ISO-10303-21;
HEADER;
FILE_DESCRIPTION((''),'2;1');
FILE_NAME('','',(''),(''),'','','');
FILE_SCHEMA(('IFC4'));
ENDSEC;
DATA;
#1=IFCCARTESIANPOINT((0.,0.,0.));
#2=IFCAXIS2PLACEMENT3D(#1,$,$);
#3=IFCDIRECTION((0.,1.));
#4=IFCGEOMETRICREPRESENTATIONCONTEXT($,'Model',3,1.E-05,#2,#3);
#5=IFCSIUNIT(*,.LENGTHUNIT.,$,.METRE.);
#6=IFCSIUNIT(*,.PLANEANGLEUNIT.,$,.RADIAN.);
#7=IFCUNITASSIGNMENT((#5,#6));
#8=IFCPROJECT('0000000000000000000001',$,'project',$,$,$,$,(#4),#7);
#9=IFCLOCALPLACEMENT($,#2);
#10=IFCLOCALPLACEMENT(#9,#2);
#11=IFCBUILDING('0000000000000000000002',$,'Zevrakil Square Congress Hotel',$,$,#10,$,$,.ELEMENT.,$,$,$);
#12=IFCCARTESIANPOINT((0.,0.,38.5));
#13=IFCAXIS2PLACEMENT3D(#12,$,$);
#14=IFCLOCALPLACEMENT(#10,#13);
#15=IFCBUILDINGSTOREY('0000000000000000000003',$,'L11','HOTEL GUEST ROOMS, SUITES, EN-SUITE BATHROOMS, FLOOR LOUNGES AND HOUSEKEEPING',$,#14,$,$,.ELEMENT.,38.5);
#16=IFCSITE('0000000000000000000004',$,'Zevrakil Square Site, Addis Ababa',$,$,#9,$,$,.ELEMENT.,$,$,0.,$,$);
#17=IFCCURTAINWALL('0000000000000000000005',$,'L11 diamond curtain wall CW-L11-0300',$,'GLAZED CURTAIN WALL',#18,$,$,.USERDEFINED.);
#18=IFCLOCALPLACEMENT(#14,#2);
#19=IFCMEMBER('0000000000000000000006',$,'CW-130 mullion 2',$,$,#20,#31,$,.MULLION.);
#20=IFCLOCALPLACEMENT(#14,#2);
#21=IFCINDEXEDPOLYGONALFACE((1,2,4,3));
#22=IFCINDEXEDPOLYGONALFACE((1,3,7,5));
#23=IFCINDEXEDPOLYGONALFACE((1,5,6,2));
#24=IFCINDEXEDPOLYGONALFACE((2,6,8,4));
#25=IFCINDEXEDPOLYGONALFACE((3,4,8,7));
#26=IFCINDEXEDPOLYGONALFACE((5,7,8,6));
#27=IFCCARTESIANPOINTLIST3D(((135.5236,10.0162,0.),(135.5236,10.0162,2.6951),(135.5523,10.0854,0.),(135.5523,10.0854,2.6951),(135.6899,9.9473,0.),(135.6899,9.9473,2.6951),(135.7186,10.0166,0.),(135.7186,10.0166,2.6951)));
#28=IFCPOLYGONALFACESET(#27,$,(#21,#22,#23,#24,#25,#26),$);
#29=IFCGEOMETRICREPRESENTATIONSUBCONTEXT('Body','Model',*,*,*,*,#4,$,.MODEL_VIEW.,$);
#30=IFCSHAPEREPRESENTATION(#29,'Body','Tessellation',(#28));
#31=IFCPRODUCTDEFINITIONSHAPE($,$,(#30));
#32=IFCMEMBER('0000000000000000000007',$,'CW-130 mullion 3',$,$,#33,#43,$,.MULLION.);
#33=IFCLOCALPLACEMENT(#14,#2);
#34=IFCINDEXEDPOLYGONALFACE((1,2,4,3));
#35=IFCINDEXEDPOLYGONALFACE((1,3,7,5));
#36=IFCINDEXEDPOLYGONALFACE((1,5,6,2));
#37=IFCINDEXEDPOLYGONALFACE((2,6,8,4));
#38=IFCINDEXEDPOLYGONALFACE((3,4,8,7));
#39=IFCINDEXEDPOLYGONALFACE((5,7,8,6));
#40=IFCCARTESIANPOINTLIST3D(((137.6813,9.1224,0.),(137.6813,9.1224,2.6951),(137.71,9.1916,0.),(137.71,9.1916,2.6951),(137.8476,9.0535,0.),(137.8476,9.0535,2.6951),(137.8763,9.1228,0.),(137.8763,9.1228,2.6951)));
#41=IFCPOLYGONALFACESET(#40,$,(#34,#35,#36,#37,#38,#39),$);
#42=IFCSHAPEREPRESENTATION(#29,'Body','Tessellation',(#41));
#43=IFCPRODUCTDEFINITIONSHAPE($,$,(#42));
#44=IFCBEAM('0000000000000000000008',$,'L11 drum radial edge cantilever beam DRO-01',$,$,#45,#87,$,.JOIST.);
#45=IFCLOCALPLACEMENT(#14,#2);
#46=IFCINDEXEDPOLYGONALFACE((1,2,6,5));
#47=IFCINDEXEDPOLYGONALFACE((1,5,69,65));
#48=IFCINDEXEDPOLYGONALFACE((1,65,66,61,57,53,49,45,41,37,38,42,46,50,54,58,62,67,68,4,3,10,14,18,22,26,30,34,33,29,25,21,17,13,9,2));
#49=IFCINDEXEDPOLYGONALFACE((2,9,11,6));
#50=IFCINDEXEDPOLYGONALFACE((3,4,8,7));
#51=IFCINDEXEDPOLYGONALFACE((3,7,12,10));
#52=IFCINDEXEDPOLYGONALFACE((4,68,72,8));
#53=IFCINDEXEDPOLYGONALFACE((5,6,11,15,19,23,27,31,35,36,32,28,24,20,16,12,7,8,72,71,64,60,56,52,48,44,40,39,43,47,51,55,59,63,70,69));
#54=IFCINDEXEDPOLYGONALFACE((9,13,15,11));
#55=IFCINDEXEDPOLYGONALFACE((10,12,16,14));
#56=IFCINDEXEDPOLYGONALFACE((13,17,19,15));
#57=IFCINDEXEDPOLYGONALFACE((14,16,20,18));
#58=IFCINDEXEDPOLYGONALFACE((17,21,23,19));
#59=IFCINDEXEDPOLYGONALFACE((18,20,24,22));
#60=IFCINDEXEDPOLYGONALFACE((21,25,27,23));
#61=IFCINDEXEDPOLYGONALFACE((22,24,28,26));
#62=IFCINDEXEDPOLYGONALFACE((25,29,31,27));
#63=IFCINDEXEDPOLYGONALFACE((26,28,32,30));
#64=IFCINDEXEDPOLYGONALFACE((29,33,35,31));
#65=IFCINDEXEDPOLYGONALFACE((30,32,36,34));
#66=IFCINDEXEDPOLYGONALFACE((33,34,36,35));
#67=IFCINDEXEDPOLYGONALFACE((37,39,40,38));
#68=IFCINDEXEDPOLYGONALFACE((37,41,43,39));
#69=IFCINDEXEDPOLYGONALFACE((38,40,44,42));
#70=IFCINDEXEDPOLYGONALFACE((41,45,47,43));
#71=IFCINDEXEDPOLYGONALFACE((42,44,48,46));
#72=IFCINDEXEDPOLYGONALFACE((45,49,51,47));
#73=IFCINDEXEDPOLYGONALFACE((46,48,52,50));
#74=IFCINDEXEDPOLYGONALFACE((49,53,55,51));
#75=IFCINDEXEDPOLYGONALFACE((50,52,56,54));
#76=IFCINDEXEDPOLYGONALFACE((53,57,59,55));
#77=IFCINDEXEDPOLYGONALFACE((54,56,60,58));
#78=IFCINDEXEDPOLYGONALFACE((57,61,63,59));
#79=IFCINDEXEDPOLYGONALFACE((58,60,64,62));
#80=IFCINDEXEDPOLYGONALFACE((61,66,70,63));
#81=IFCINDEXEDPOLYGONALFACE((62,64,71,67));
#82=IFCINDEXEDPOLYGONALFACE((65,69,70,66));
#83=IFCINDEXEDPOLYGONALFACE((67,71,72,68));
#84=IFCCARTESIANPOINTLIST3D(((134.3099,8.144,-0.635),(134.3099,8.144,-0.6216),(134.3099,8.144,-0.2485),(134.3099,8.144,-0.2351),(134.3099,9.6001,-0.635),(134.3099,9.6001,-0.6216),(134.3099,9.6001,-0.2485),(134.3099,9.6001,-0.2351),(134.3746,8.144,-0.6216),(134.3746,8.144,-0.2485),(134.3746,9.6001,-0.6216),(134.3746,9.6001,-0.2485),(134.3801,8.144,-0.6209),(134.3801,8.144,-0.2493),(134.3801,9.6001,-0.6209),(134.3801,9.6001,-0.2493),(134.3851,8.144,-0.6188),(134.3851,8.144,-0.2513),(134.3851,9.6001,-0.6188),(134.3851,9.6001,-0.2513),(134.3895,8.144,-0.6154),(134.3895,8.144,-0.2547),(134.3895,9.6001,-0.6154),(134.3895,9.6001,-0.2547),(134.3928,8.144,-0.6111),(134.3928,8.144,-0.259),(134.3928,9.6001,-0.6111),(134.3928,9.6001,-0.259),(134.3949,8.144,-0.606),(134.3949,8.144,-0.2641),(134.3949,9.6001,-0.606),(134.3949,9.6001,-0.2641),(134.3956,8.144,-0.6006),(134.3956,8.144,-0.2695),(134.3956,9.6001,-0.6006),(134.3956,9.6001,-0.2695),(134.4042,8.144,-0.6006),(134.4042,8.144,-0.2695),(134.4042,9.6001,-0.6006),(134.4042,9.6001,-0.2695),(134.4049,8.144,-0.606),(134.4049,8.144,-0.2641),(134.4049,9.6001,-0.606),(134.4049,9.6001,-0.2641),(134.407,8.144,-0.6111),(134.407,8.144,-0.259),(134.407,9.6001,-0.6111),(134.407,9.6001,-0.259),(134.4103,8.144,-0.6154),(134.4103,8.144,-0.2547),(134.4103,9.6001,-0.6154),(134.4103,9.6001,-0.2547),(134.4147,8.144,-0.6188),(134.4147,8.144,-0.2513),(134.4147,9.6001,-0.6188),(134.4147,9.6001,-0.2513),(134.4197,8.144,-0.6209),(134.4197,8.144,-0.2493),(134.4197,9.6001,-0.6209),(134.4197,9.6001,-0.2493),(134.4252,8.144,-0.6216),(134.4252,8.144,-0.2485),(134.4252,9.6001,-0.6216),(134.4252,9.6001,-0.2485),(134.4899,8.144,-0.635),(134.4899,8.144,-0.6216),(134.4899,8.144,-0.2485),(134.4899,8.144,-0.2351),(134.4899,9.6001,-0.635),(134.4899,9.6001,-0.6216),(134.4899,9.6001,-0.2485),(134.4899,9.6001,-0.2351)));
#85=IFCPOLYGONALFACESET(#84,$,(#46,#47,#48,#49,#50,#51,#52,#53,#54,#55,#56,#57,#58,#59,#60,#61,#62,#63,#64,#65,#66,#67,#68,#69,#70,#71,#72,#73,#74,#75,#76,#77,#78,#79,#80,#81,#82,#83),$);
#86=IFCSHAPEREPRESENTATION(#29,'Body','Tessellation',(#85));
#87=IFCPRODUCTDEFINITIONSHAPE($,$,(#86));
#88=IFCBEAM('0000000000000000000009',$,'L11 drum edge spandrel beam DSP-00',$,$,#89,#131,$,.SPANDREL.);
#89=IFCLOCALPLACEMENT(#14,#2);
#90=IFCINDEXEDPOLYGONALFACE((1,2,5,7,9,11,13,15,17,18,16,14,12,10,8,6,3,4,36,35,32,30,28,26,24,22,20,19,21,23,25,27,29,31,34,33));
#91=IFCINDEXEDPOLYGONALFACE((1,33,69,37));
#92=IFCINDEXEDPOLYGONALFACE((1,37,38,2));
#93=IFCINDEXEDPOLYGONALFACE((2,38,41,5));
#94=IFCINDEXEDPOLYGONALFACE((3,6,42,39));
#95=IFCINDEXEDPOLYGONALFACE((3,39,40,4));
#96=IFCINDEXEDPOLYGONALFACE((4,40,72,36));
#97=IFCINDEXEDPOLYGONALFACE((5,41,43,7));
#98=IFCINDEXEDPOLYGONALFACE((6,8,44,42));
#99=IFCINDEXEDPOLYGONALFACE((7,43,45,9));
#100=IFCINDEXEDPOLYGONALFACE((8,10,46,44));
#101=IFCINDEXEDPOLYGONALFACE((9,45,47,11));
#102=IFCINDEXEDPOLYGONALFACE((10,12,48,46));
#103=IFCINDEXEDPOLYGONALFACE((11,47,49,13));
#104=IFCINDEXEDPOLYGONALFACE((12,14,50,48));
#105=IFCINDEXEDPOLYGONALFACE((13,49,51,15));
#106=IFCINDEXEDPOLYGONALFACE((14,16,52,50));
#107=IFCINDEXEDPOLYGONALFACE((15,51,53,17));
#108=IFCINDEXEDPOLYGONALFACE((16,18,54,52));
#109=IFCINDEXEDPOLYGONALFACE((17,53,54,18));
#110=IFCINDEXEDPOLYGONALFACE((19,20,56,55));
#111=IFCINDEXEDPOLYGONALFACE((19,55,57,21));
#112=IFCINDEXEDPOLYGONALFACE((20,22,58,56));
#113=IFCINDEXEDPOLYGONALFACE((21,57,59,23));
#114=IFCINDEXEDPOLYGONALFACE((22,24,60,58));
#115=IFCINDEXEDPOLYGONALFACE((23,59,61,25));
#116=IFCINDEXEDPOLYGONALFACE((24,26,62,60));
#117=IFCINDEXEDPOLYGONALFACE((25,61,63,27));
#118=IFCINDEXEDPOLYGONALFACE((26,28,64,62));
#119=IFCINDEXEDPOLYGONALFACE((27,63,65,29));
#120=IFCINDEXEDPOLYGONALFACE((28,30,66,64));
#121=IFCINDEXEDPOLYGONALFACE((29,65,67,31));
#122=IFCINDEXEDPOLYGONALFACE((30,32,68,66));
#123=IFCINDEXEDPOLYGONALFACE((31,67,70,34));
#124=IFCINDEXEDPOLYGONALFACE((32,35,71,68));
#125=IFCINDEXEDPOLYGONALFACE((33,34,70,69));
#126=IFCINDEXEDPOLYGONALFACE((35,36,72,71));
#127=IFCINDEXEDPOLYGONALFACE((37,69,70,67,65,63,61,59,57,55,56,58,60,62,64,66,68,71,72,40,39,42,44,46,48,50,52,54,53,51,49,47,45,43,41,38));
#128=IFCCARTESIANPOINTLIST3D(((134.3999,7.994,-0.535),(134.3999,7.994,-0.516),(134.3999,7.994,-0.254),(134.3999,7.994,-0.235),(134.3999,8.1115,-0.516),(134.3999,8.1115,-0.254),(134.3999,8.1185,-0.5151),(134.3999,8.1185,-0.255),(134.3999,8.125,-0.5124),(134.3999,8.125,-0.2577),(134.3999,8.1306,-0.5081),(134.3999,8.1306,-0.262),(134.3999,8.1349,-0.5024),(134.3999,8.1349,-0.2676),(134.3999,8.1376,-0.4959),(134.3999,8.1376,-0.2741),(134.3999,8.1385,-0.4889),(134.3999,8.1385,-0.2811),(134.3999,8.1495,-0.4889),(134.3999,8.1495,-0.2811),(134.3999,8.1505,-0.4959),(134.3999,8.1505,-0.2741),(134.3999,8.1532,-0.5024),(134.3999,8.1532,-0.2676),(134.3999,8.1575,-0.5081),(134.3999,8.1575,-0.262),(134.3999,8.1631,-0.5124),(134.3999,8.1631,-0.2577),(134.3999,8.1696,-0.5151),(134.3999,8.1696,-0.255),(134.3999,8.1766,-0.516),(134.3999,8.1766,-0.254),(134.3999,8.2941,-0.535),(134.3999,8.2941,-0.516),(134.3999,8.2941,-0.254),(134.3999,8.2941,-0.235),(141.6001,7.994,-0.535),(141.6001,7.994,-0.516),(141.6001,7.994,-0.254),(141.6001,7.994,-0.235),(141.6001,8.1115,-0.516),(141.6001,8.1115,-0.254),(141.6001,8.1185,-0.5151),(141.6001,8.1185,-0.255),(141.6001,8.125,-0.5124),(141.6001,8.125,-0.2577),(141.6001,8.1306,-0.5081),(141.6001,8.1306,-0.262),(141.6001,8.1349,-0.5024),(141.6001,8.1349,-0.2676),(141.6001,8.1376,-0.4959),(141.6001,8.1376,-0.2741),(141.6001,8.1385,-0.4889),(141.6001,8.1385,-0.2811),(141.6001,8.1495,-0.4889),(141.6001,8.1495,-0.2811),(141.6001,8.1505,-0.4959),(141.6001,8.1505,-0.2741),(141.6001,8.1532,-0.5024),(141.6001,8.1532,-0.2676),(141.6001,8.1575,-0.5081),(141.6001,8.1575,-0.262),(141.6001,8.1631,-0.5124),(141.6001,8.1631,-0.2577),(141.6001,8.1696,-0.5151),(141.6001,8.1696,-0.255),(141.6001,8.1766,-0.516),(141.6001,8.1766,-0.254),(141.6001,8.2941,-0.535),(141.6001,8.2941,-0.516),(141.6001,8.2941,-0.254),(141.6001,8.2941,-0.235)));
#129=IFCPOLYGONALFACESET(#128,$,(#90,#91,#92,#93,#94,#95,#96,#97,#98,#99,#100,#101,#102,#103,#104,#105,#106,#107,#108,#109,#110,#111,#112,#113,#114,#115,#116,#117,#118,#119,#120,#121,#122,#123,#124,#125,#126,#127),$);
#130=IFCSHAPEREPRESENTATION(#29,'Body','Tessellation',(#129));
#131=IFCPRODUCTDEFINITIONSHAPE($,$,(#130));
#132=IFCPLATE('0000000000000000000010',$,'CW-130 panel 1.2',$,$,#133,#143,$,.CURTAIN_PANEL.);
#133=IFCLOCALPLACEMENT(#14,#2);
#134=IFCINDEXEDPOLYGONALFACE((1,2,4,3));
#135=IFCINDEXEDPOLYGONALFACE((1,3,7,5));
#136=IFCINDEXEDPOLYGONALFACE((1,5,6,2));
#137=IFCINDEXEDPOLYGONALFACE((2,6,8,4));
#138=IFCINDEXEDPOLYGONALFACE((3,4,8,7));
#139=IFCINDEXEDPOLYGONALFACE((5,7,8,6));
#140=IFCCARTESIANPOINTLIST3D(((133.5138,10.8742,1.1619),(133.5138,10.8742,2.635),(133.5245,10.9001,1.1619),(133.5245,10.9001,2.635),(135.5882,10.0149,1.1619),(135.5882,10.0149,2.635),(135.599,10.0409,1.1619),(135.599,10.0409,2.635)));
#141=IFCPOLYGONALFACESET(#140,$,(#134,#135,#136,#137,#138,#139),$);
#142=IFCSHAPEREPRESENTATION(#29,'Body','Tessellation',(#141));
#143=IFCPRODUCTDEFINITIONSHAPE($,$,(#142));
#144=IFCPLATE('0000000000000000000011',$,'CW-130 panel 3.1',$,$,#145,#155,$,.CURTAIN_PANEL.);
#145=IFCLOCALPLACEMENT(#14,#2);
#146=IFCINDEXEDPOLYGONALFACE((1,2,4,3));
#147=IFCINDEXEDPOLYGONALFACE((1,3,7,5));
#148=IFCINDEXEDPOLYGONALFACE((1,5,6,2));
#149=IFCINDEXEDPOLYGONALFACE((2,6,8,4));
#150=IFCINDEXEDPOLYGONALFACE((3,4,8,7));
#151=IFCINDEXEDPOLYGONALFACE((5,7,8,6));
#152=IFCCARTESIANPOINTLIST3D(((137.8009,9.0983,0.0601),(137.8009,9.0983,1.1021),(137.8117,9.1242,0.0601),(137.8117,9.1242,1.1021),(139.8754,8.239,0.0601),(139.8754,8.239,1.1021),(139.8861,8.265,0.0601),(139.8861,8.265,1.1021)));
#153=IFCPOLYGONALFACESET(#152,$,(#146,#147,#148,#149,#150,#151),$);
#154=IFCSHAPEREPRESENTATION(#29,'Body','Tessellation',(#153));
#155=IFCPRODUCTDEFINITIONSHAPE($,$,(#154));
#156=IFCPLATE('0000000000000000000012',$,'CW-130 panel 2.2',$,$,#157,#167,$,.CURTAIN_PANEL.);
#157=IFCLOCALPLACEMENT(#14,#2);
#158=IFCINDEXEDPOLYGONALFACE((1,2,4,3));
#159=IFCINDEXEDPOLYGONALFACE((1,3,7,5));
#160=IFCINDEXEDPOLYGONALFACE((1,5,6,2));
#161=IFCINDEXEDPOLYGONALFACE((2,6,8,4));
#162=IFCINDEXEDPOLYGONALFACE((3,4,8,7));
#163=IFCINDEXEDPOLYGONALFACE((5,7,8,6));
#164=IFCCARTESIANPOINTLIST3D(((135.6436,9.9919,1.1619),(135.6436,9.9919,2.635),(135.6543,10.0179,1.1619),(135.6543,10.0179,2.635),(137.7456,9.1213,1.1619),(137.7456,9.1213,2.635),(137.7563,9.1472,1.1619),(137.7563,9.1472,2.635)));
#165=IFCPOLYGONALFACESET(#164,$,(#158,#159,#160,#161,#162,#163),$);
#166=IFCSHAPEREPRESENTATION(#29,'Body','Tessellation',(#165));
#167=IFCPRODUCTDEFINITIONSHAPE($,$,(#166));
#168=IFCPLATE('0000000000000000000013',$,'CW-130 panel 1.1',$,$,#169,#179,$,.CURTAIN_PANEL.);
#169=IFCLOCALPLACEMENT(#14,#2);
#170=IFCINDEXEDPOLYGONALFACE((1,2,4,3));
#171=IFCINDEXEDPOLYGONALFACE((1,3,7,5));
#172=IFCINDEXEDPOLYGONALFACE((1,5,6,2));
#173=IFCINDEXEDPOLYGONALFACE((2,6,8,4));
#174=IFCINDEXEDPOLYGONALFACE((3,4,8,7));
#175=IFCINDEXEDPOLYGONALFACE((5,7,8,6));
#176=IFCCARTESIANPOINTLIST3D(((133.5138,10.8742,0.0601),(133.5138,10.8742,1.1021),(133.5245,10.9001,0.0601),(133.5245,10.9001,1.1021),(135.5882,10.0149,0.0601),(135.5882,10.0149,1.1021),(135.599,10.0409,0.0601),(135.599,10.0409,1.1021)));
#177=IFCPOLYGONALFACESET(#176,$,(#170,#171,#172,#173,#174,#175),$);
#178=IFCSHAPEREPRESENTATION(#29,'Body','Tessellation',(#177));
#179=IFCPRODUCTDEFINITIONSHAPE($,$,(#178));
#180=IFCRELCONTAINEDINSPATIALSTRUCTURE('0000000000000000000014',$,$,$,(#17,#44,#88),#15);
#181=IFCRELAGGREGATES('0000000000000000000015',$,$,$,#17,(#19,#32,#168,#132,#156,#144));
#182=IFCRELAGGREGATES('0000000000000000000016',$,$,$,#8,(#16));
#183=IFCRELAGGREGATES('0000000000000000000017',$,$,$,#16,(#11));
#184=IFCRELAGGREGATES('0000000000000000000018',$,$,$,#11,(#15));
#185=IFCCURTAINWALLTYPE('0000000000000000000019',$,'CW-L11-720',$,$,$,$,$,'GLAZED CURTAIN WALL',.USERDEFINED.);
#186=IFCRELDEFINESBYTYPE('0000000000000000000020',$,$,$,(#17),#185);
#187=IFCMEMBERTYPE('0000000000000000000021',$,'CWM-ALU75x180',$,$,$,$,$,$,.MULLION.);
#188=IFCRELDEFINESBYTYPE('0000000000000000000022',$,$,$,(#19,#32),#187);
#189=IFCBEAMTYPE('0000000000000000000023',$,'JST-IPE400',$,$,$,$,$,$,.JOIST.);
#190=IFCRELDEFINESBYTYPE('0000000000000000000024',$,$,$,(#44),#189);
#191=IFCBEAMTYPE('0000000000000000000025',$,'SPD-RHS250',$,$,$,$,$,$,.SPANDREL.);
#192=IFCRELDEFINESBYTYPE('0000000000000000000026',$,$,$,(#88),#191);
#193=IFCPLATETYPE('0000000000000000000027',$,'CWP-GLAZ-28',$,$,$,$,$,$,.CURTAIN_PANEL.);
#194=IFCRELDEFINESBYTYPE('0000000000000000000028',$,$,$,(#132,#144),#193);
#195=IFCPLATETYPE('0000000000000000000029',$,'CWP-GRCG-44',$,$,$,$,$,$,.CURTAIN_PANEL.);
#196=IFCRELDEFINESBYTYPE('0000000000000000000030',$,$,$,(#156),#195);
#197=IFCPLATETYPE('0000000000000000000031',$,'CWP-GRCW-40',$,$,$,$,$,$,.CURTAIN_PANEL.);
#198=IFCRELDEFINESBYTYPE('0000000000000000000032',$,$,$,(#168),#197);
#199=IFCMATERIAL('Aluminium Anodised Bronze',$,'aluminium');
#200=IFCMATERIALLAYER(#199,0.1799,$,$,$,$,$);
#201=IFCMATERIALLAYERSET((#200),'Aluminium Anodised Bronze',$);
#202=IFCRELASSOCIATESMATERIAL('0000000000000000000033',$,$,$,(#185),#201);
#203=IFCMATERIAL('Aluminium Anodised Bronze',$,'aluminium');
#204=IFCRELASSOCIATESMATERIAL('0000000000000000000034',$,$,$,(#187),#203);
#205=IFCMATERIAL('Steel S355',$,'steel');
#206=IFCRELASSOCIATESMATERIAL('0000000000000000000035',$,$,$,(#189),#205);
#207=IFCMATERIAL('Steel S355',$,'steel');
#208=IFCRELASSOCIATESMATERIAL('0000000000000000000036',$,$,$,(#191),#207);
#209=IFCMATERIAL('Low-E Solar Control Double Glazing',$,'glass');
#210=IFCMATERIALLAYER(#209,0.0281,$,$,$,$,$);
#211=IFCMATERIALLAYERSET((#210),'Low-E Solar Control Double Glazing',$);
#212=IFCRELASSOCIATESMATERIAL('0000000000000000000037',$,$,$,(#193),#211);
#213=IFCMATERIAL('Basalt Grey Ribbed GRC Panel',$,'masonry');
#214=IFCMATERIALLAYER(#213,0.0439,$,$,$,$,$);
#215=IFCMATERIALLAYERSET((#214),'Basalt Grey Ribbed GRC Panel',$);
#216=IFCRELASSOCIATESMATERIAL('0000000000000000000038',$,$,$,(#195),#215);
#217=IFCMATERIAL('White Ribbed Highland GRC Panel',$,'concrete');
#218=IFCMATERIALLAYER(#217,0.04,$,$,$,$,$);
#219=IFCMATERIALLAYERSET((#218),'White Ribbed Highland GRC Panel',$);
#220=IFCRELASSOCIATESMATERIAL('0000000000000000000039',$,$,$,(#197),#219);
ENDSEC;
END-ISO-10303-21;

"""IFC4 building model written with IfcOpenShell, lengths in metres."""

from ifc_helpers import new_model, si_unit, direction, frame, origin, origin_2d, place, context, subcontext, project, spatial, rectangle, i_section, extrude, material, layer, layer_set, material_profile, profile_set, type_object, element, aggregate, save


model = new_model("IFC4")

# Units and contexts
model_context = context("Model", 3, precision=1e-05, world=origin(), true_north=direction((0.0, 1.0)))
body_context = subcontext(model_context, "Body", "Model", "MODEL_VIEW")
ifc_project = project(units=[si_unit("LENGTHUNIT", "METRE"), si_unit("PLANEANGLEUNIT", "RADIAN")], contexts=[model_context])

# Site, building, storey
site_placement = place(None, origin())
site = spatial("IfcSite", under=ifc_project, at=site_placement, Name="Zevrakil Square Site, Addis Ababa", CompositionType="ELEMENT", RefElevation=0.0)
building_placement = place(site_placement, origin())
building = spatial("IfcBuilding", under=site, at=building_placement, Name="Zevrakil Square Congress Hotel", CompositionType="ELEMENT")
storey_placement = place(building_placement, frame((0.0, 0.0, 38.5)))
storey = spatial("IfcBuildingStorey", under=building, at=storey_placement, Name="L11", Description="HOTEL GUEST ROOMS, SUITES, EN-SUITE BATHROOMS, FLOOR LOUNGES AND HOUSEKEEPING", CompositionType="ELEMENT", Elevation=38.5)

# Curtain wall, members
ifc_material_1 = material(Name="Aluminium Anodised Bronze", Category="aluminium")
ifc_layer_1 = layer(ifc_material_1, 0.1799)
ifc_layer_set_1 = layer_set([ifc_layer_1], Name="Aluminium Anodised Bronze")
curtain_wall_type = type_object("IfcCurtainWallType", Name="CW-L11-720", ElementType="GLAZED CURTAIN WALL", PredefinedType="USERDEFINED", material=ifc_layer_set_1)
curtain_wall_placement = place(storey_placement, origin())
curtain_wall = element("IfcCurtainWall", 1, at=curtain_wall_placement, inside=storey, type_object=curtain_wall_type, Name="L11 diamond curtain wall CW-L11-0300", ObjectType="GLAZED CURTAIN WALL", PredefinedType="USERDEFINED")
ifc_material_2 = material(Name="Aluminium Anodised Bronze", Category="aluminium")
ifc_material_profile_1 = material_profile(ifc_material_2, rectangle(XDim=0.075, YDim=0.1799, at=origin_2d()), Name="ALU 75x180")
ifc_profile_set_1 = profile_set([ifc_material_profile_1], Name="Aluminium Anodised Bronze")
member_type_1 = type_object("IfcMemberType", Name="CWM-ALU75x180", PredefinedType="MULLION", material=ifc_profile_set_1)
member_1_placement = place(storey_placement, frame((135.6211, 10.0164, 0.0), z_axis=(0.0, 0.0, 1.0), x_axis=(0.382684, 0.923879, 0.0)))
member_1 = element("IfcMember", 2, at=member_1_placement, type_object=member_type_1, Name="CW-130 mullion 2", PredefinedType="MULLION", context=body_context, shape_type="SweptSolid", body=[
    extrude(rectangle(XDim=0.075, YDim=0.1799, at=origin_2d()), origin(), (0.0, 0.0, 1.0), 2.6951),
])
member_2_placement = place(storey_placement, frame((137.7788, 9.1226, 0.0), z_axis=(0.0, 0.0, 1.0), x_axis=(0.382684, 0.923879, 0.0)))
member_2 = element("IfcMember", 3, at=member_2_placement, type_object=member_type_1, Name="CW-130 mullion 3", PredefinedType="MULLION", context=body_context, shape_type="SweptSolid", body=[
    extrude(rectangle(XDim=0.075, YDim=0.1799, at=origin_2d()), origin(), (0.0, 0.0, 1.0), 2.6951),
])

# Beams
ifc_material_3 = material(Name="Steel S355", Category="steel")
ifc_material_profile_2 = material_profile(ifc_material_3, i_section(OverallWidth=0.1799, OverallDepth=0.3999, WebThickness=0.0085, FlangeThickness=0.0134, FilletRadius=0.021, at=origin_2d()), Name="IPE 400")
ifc_profile_set_2 = profile_set([ifc_material_profile_2], Name="Steel S355")
beam_type_1 = type_object("IfcBeamType", Name="JST-IPE400", PredefinedType="JOIST", material=ifc_profile_set_2)
beam_1_placement = place(storey_placement, frame((134.3999, 9.6001, -0.4351), z_axis=(0.0, -1.0, 0.0), x_axis=(1.0, 0.0, 0.0)))
element("IfcBeam", 4, at=beam_1_placement, inside=storey, type_object=beam_type_1, Name="L11 drum radial edge cantilever beam DRO-01", PredefinedType="JOIST", context=body_context, shape_type="SweptSolid", body=[
    extrude(i_section(OverallWidth=0.1799, OverallDepth=0.3999, WebThickness=0.0085, FlangeThickness=0.0134, FilletRadius=0.021, at=origin_2d()), origin(), (0.0, 0.0, 1.0), 1.4561),
])
ifc_material_4 = material(Name="Steel S355", Category="steel")
ifc_material_profile_3 = material_profile(ifc_material_4, i_section(OverallWidth=0.3, OverallDepth=0.3, WebThickness=0.011, FlangeThickness=0.019, FilletRadius=0.0271, at=origin_2d()), Name="HEB 300")
ifc_profile_set_3 = profile_set([ifc_material_profile_3], Name="Steel S355")
beam_type_2 = type_object("IfcBeamType", Name="SPD-RHS250", PredefinedType="SPANDREL", material=ifc_profile_set_3)
beam_2_placement = place(storey_placement, frame((134.3999, 8.144, -0.385), z_axis=(1.0, 0.0, 0.0), x_axis=(0.0, 1.0, 0.0)))
element("IfcBeam", 5, at=beam_2_placement, inside=storey, type_object=beam_type_2, Name="L11 drum edge spandrel beam DSP-00", PredefinedType="SPANDREL", context=body_context, shape_type="SweptSolid", body=[
    extrude(i_section(OverallWidth=0.3, OverallDepth=0.3, WebThickness=0.011, FlangeThickness=0.019, FilletRadius=0.0271, at=origin_2d()), origin(), (0.0, 0.0, 1.0), 7.2002),
])

# Plates
ifc_material_5 = material(Name="Low-E Solar Control Double Glazing", Category="glass")
ifc_layer_2 = layer(ifc_material_5, 0.0281)
ifc_layer_set_2 = layer_set([ifc_layer_2], Name="Low-E Solar Control Double Glazing")
plate_type_1 = type_object("IfcPlateType", Name="CWP-GLAZ-28", PredefinedType="CURTAIN_PANEL", material=ifc_layer_set_2)
plate_1_placement = place(storey_placement, frame((134.5564, 10.4575, 1.1619), z_axis=(0.0, 0.0, 1.0), x_axis=(0.923879, -0.382684, 0.0)))
plate_1 = element("IfcPlate", 6, at=plate_1_placement, type_object=plate_type_1, Name="CW-130 panel 1.2", PredefinedType="CURTAIN_PANEL", context=body_context, shape_type="SweptSolid", body=[
    extrude(rectangle(XDim=2.2454, YDim=0.0281, at=origin_2d()), origin(), (0.0, 0.0, 1.0), 1.4731),
])
plate_2_placement = place(storey_placement, frame((138.8435, 8.6816, 0.0601), z_axis=(0.0, 0.0, 1.0), x_axis=(0.923879, -0.382684, 0.0)))
plate_2 = element("IfcPlate", 7, at=plate_2_placement, type_object=plate_type_1, Name="CW-130 panel 3.1", PredefinedType="CURTAIN_PANEL", context=body_context, shape_type="SweptSolid", body=[
    extrude(rectangle(XDim=2.2454, YDim=0.0281, at=origin_2d()), origin(), (0.0, 0.0, 1.0), 1.042),
])
ifc_material_6 = material(Name="Basalt Grey Ribbed GRC Panel", Category="masonry")
ifc_layer_3 = layer(ifc_material_6, 0.0439)
ifc_layer_set_3 = layer_set([ifc_layer_3], Name="Basalt Grey Ribbed GRC Panel")
plate_type_2 = type_object("IfcPlateType", Name="CWP-GRCG-44", PredefinedType="CURTAIN_PANEL", material=ifc_layer_set_3)
plate_3_placement = place(storey_placement, frame((136.7, 9.5696, 1.1619), z_axis=(0.0, 0.0, 1.0), x_axis=(0.923879, -0.382684, 0.0)))
plate_3 = element("IfcPlate", 8, at=plate_3_placement, type_object=plate_type_2, Name="CW-130 panel 2.2", PredefinedType="CURTAIN_PANEL", context=body_context, shape_type="SweptSolid", body=[
    extrude(rectangle(XDim=2.2751, YDim=0.0281, at=origin_2d()), origin(), (0.0, 0.0, 1.0), 1.4731),
])
ifc_material_7 = material(Name="White Ribbed Highland GRC Panel", Category="concrete")
ifc_layer_4 = layer(ifc_material_7, 0.04)
ifc_layer_set_4 = layer_set([ifc_layer_4], Name="White Ribbed Highland GRC Panel")
plate_type_3 = type_object("IfcPlateType", Name="CWP-GRCW-40", PredefinedType="CURTAIN_PANEL", material=ifc_layer_set_4)
plate_4_placement = place(storey_placement, frame((134.5564, 10.4575, 0.0601), z_axis=(0.0, 0.0, 1.0), x_axis=(0.923879, -0.382684, 0.0)))
plate_4 = element("IfcPlate", 9, at=plate_4_placement, type_object=plate_type_3, Name="CW-130 panel 1.1", PredefinedType="CURTAIN_PANEL", context=body_context, shape_type="SweptSolid", body=[
    extrude(rectangle(XDim=2.2454, YDim=0.0281, at=origin_2d()), origin(), (0.0, 0.0, 1.0), 1.042),
])
aggregate(curtain_wall, [member_1, member_2, plate_4, plate_1, plate_3, plate_2])

save(model, "model.ifc")
